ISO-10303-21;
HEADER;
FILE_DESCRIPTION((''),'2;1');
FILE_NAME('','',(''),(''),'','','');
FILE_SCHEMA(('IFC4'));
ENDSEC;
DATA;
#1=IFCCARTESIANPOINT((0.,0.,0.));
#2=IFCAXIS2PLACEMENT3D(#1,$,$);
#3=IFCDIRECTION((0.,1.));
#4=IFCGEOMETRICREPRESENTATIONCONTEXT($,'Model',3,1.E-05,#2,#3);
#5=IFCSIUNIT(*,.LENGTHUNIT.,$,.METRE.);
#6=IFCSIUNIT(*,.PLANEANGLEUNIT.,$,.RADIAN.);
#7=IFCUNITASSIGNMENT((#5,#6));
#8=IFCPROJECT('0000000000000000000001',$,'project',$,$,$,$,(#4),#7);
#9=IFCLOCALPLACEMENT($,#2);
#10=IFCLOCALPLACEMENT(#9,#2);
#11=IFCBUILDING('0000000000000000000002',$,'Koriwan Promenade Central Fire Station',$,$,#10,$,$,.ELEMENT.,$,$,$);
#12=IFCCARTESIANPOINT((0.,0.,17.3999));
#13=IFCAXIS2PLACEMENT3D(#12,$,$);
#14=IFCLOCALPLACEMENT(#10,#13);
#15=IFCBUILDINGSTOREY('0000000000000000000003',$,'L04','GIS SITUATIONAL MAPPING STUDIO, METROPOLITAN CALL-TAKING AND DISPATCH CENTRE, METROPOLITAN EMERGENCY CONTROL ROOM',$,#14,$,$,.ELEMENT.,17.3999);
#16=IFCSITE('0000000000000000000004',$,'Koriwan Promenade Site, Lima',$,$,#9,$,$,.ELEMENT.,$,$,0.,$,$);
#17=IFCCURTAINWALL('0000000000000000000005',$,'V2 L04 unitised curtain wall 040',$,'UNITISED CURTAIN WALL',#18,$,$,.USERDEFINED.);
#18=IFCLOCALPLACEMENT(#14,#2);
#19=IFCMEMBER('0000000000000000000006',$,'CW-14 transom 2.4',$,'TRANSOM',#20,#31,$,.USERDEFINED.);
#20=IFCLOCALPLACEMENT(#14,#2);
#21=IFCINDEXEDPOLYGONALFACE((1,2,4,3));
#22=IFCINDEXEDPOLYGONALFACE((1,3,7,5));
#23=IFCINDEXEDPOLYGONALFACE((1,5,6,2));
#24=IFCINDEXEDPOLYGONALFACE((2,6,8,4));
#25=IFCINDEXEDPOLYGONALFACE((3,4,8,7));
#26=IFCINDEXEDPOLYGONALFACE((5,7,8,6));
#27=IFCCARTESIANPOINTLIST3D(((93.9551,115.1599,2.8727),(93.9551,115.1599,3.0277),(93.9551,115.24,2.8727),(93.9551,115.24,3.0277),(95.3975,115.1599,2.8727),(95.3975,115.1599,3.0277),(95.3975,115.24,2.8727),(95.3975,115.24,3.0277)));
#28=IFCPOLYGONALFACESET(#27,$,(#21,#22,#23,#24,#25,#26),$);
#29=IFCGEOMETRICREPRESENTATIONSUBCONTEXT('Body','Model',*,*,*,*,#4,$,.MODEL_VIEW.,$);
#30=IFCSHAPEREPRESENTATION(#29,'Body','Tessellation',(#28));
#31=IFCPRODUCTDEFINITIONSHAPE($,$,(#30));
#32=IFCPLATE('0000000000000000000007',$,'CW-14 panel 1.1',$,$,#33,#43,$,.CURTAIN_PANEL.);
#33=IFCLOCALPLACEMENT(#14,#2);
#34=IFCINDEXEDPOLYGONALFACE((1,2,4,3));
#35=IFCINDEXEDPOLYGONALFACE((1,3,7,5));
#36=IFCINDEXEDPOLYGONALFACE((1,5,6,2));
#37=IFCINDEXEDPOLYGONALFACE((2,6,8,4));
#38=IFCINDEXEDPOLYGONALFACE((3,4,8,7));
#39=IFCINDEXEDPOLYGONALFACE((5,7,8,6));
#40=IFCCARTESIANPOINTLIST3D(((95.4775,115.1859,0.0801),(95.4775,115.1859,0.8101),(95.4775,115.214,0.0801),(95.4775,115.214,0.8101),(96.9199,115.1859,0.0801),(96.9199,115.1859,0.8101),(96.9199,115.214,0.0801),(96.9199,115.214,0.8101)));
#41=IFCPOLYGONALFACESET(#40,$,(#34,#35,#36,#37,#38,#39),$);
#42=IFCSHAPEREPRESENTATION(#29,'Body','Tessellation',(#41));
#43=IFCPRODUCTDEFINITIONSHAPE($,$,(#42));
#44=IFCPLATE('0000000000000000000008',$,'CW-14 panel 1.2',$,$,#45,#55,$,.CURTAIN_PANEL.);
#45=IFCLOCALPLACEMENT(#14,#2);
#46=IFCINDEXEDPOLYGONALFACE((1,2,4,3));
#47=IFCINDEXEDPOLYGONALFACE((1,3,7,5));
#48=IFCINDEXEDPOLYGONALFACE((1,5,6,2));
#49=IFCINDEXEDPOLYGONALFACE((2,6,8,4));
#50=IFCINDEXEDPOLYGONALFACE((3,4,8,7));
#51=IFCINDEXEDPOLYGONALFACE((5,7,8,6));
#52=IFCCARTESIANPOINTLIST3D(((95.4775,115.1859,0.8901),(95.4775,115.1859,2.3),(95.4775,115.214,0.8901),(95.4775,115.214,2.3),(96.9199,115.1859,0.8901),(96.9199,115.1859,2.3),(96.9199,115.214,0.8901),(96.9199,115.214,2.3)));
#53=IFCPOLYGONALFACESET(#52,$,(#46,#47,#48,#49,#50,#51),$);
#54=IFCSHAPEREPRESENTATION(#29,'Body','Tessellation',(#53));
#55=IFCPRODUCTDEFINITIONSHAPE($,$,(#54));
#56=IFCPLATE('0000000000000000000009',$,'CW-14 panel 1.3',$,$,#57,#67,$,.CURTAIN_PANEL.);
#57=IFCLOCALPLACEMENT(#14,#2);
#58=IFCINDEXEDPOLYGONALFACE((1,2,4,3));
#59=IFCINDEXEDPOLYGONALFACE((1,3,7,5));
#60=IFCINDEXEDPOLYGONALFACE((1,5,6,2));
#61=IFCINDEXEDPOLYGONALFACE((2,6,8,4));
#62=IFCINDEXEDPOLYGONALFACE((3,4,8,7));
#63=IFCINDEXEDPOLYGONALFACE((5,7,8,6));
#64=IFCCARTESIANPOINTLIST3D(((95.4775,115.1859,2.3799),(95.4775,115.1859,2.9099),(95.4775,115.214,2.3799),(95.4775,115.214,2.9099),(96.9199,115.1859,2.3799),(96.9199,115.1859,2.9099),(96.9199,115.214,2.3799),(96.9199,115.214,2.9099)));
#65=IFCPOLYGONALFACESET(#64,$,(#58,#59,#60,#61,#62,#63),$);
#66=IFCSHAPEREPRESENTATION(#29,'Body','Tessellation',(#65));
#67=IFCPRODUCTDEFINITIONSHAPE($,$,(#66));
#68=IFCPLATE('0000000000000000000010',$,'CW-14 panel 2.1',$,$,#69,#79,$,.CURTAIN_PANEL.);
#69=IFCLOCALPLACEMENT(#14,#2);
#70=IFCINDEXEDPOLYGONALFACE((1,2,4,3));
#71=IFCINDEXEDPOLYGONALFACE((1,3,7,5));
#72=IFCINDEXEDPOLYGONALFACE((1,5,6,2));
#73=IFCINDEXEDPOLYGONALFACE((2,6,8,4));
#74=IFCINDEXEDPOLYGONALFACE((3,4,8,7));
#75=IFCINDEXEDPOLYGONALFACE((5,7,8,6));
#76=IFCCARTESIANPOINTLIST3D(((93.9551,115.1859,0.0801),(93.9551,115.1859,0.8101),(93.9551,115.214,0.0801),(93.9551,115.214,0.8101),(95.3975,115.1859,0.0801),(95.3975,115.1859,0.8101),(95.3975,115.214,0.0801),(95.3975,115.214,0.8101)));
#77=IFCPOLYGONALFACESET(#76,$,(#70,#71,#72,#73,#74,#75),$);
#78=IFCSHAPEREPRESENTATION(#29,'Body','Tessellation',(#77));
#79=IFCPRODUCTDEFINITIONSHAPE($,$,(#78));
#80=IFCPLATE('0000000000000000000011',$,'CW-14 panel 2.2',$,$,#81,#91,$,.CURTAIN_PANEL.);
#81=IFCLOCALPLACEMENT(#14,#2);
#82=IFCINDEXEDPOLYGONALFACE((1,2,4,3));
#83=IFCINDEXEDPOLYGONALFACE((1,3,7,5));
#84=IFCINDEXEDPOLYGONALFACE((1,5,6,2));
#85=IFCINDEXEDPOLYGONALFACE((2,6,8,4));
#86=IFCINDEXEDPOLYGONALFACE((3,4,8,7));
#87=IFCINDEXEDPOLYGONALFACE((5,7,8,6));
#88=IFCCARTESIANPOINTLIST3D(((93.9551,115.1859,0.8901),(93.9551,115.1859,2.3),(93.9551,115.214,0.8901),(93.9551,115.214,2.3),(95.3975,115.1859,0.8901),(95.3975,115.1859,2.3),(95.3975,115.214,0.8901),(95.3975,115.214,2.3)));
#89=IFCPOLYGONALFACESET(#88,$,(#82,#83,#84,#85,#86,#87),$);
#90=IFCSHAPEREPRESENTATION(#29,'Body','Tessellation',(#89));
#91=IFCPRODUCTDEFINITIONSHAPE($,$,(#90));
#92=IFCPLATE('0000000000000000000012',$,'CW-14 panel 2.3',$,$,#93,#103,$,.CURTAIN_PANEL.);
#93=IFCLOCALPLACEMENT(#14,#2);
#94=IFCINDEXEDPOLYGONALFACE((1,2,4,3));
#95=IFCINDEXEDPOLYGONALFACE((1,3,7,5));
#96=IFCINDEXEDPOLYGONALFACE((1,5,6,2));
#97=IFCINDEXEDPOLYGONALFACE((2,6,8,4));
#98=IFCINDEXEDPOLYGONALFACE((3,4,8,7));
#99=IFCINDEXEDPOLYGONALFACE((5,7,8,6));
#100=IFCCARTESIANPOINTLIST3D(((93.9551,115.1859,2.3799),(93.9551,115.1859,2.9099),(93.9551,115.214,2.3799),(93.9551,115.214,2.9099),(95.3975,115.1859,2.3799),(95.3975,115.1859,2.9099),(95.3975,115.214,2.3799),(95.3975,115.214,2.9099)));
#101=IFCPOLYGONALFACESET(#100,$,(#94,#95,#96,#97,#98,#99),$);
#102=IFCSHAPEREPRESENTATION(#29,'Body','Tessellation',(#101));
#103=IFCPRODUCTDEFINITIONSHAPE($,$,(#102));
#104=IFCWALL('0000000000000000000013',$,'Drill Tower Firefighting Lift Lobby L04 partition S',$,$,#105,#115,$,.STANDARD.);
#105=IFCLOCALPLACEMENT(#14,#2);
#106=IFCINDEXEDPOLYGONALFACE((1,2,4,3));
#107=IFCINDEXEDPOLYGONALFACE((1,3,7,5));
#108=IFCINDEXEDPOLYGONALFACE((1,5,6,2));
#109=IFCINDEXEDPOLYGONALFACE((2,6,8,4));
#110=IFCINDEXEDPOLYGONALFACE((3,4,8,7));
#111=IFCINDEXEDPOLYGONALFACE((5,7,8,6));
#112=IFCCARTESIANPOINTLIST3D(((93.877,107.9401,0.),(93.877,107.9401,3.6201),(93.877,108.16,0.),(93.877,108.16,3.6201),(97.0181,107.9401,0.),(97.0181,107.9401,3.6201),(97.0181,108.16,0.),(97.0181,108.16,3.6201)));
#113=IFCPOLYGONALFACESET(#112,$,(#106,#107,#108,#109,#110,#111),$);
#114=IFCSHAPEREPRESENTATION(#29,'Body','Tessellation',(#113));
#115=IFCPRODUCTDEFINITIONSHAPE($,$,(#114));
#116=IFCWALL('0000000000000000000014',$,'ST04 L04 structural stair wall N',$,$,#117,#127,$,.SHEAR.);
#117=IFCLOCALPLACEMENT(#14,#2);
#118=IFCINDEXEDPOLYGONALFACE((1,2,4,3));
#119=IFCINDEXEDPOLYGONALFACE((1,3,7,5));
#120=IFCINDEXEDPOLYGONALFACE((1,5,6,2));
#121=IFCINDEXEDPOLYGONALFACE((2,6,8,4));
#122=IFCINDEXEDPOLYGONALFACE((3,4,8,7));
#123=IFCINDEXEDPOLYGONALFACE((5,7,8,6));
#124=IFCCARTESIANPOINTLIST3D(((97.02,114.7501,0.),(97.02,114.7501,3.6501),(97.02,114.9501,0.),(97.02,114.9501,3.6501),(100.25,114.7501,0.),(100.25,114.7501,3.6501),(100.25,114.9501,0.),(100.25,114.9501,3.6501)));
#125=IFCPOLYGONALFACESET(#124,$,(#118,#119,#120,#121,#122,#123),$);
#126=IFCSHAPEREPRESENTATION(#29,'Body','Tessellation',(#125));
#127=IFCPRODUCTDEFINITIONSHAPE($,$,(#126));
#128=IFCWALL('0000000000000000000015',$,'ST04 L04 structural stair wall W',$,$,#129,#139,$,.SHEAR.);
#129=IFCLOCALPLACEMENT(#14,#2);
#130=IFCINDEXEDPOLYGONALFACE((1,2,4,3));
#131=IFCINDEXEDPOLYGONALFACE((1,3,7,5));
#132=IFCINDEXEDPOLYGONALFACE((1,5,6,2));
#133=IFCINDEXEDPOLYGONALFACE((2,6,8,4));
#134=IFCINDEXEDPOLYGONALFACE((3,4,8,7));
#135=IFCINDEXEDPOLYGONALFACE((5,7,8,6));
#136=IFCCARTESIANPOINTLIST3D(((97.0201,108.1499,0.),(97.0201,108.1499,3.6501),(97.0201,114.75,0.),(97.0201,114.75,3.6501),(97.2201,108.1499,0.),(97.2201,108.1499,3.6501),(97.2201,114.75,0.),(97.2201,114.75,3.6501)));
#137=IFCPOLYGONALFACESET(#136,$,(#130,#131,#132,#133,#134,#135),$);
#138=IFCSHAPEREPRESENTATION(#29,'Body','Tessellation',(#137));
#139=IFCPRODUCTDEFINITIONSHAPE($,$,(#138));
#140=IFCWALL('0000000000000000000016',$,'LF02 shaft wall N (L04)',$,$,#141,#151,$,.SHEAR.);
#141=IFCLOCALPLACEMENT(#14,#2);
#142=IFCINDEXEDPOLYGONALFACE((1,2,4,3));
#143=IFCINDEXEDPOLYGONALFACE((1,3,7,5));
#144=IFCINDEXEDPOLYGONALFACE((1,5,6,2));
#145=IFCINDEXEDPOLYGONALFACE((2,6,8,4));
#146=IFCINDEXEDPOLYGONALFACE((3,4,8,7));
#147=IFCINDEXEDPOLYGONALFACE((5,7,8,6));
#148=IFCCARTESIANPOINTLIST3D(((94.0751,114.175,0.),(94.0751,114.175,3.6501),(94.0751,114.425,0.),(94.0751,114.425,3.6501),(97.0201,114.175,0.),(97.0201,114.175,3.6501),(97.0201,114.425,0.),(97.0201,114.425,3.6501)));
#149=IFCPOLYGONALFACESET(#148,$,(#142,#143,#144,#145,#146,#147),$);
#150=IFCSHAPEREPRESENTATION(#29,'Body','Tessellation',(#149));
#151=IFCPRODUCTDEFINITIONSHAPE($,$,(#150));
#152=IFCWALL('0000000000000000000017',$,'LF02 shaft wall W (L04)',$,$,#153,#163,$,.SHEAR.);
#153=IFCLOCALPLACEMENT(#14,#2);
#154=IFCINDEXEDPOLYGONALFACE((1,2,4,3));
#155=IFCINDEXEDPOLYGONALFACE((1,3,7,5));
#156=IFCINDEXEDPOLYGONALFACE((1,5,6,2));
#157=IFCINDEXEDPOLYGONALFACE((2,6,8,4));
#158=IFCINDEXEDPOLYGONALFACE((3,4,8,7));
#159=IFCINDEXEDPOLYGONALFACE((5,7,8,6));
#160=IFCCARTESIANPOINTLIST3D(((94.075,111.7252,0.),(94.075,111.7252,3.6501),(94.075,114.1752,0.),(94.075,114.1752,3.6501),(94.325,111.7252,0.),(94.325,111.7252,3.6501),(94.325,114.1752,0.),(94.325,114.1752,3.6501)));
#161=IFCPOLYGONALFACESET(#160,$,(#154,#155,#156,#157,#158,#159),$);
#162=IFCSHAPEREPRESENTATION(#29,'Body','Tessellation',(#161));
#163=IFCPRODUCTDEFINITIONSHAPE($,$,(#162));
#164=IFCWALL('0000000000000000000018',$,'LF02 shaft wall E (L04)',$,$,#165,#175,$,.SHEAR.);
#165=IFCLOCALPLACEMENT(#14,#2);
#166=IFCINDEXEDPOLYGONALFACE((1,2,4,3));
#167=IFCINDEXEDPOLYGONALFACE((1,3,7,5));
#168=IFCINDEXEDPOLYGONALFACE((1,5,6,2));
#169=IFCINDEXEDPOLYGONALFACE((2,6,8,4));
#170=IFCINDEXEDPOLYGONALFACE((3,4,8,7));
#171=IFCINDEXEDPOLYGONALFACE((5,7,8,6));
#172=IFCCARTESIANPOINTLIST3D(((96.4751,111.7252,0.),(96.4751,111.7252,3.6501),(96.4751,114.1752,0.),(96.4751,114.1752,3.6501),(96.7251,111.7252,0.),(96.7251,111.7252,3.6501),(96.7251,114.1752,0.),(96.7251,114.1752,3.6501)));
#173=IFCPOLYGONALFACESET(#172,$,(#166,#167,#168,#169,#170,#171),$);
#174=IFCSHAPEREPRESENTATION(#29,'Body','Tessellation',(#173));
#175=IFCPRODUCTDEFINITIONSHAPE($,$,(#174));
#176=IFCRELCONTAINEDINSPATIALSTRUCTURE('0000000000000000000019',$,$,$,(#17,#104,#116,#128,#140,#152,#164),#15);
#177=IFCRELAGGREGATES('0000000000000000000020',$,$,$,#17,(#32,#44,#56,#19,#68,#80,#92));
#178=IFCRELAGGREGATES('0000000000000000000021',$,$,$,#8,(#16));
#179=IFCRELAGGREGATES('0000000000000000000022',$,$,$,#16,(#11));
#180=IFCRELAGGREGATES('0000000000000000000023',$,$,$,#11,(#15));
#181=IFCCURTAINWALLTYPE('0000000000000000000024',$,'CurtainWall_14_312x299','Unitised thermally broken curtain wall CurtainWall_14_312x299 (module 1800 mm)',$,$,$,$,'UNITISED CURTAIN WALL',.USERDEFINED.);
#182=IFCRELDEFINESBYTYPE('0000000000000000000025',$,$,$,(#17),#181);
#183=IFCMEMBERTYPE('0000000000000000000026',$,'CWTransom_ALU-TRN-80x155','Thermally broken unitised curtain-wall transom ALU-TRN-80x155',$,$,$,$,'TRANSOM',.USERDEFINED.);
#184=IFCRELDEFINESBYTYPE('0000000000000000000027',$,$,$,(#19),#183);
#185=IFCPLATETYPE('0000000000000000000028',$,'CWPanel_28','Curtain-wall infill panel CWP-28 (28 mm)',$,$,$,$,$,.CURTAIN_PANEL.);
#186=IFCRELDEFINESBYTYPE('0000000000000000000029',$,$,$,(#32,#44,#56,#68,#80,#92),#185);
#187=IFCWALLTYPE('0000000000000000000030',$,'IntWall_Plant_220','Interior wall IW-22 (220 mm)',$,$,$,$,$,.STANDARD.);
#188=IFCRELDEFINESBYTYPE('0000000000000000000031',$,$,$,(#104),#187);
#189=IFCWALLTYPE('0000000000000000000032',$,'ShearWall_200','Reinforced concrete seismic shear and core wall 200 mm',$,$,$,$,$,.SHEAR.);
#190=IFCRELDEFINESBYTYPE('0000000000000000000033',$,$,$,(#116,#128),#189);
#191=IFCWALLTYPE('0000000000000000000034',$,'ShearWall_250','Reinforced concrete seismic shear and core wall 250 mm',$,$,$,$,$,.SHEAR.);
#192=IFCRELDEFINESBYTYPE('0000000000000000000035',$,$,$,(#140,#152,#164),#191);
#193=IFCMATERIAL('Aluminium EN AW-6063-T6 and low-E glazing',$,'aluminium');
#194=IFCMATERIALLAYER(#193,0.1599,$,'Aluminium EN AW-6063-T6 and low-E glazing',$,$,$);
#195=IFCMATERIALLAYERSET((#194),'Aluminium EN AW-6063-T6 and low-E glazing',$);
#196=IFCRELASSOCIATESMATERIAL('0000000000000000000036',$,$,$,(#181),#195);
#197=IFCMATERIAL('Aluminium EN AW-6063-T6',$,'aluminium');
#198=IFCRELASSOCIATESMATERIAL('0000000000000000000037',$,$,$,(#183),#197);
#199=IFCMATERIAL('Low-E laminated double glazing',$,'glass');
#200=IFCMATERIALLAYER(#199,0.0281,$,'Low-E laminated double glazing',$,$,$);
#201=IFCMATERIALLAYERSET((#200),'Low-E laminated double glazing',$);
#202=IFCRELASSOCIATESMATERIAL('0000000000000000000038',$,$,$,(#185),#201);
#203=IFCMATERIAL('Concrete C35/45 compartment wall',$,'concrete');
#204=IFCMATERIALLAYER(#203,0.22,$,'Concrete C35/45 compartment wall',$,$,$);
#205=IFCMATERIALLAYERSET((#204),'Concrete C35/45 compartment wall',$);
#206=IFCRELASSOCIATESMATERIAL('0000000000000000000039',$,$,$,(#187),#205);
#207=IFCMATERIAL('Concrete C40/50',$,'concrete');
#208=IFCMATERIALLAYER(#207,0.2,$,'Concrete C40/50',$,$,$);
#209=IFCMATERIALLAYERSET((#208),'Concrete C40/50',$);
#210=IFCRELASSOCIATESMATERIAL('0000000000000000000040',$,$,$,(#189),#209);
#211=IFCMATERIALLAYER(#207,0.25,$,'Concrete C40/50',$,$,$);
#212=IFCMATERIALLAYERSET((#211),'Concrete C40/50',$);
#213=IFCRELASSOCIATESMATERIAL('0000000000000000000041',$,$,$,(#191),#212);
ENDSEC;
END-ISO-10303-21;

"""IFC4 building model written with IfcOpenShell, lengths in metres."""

from ifc_helpers import new_model, si_unit, direction, frame, frame_2d, origin, origin_2d, place, context, subcontext, project, spatial, rectangle, extrude, material, layer, layer_set, material_profile, profile_set, type_object, element, aggregate, save


model = new_model("IFC4")

# Units and contexts
model_context = context("Model", 3, precision=1e-05, world=origin(), true_north=direction((0.0, 1.0)))
body_context = subcontext(model_context, "Body", "Model", "MODEL_VIEW")
ifc_project = project(units=[si_unit("LENGTHUNIT", "METRE"), si_unit("PLANEANGLEUNIT", "RADIAN")], contexts=[model_context])

# Site, building, storey
site_placement = place(None, origin())
site = spatial("IfcSite", under=ifc_project, at=site_placement, Name="Koriwan Promenade Site, Lima", CompositionType="ELEMENT", RefElevation=0.0)
building_placement = place(site_placement, origin())
building = spatial("IfcBuilding", under=site, at=building_placement, Name="Koriwan Promenade Central Fire Station", CompositionType="ELEMENT")
storey_placement = place(building_placement, frame((0.0, 0.0, 17.3999)))
storey = spatial("IfcBuildingStorey", under=building, at=storey_placement, Name="L04", Description="GIS SITUATIONAL MAPPING STUDIO, METROPOLITAN CALL-TAKING AND DISPATCH CENTRE, METROPOLITAN EMERGENCY CONTROL ROOM", CompositionType="ELEMENT", Elevation=17.3999)

# Shared definitions
ifc_material_1 = material(Name="Concrete C40/50", Category="concrete")

# Shared definitions
ifc_material_2 = material(Name="Aluminium EN AW-6063-T6 and low-E glazing", Category="aluminium")
ifc_material_3 = material(Name="Aluminium EN AW-6063-T6", Category="aluminium")

# Curtain wall, member, plates
ifc_layer_1 = layer(ifc_material_2, 0.1599, Name="Aluminium EN AW-6063-T6 and low-E glazing")
ifc_layer_set_1 = layer_set([ifc_layer_1], Name="Aluminium EN AW-6063-T6 and low-E glazing")
curtain_wall_type_1 = type_object("IfcCurtainWallType", Name="CurtainWall_14_312x299", Description="Unitised thermally broken curtain wall CurtainWall_14_312x299 (module 1800 mm)", ElementType="UNITISED CURTAIN WALL", PredefinedType="USERDEFINED", material=ifc_layer_set_1)
curtain_wall_1_placement = place(storey_placement, origin())
curtain_wall_1 = element("IfcCurtainWall", 1, at=curtain_wall_1_placement, inside=storey, type_object=curtain_wall_type_1, Name="V2 L04 unitised curtain wall 040", ObjectType="UNITISED CURTAIN WALL", PredefinedType="USERDEFINED")
ifc_material_profile_1 = material_profile(ifc_material_3, rectangle(XDim=0.0801, YDim=0.155, at=origin_2d()), Name="ALU-TRN-80x155")
ifc_profile_set_1 = profile_set([ifc_material_profile_1], Name="Aluminium EN AW-6063-T6")
member_type_1 = type_object("IfcMemberType", Name="CWTransom_ALU-TRN-80x155", Description="Thermally broken unitised curtain-wall transom ALU-TRN-80x155", ElementType="TRANSOM", PredefinedType="USERDEFINED", material=ifc_profile_set_1)
member_1_placement = place(storey_placement, frame((95.3975, 115.2, 2.9502), z_axis=(-1.0, 0.0, 0.0), x_axis=(0.0, -1.0, 0.0)))
member_1 = element("IfcMember", 2, at=member_1_placement, type_object=member_type_1, Name="CW-14 transom 2.4", ObjectType="TRANSOM", PredefinedType="USERDEFINED", context=body_context, shape_type="SweptSolid", body=[
    extrude(rectangle(XDim=0.0801, YDim=0.155, at=origin_2d()), origin(), (0.0, 0.0, 1.0), 1.4424),
])
ifc_material_4 = material(Name="Low-E laminated double glazing", Category="glass")
ifc_layer_2 = layer(ifc_material_4, 0.0281, Name="Low-E laminated double glazing")
ifc_layer_set_2 = layer_set([ifc_layer_2], Name="Low-E laminated double glazing")
plate_type = type_object("IfcPlateType", Name="CWPanel_28", Description="Curtain-wall infill panel CWP-28 (28 mm)", PredefinedType="CURTAIN_PANEL", material=ifc_layer_set_2)
plate_1_placement = place(storey_placement, frame((96.1987, 115.2, 0.0801), z_axis=(0.0, 0.0, 1.0), x_axis=(-1.0, 0.0, 0.0)))
plate_1 = element("IfcPlate", 3, at=plate_1_placement, type_object=plate_type, Name="CW-14 panel 1.1", PredefinedType="CURTAIN_PANEL", context=body_context, shape_type="SweptSolid", body=[
    extrude(rectangle(XDim=1.4424, YDim=0.0281, at=origin_2d()), origin(), (0.0, 0.0, 1.0), 0.73),
])
plate_2_placement = place(storey_placement, frame((96.1987, 115.2, 0.8901), z_axis=(0.0, 0.0, 1.0), x_axis=(-1.0, 0.0, 0.0)))
plate_2 = element("IfcPlate", 4, at=plate_2_placement, type_object=plate_type, Name="CW-14 panel 1.2", PredefinedType="CURTAIN_PANEL", context=body_context, shape_type="SweptSolid", body=[
    extrude(rectangle(XDim=1.4424, YDim=0.0281, at=origin_2d()), origin(), (0.0, 0.0, 1.0), 1.4099),
])
plate_3_placement = place(storey_placement, frame((96.1987, 115.2, 2.3799), z_axis=(0.0, 0.0, 1.0), x_axis=(-1.0, 0.0, 0.0)))
plate_3 = element("IfcPlate", 5, at=plate_3_placement, type_object=plate_type, Name="CW-14 panel 1.3", PredefinedType="CURTAIN_PANEL", context=body_context, shape_type="SweptSolid", body=[
    extrude(rectangle(XDim=1.4424, YDim=0.0281, at=origin_2d()), origin(), (0.0, 0.0, 1.0), 0.53),
])
plate_4_placement = place(storey_placement, frame((94.6763, 115.2, 0.0801), z_axis=(0.0, 0.0, 1.0), x_axis=(-1.0, 0.0, 0.0)))
plate_4 = element("IfcPlate", 6, at=plate_4_placement, type_object=plate_type, Name="CW-14 panel 2.1", PredefinedType="CURTAIN_PANEL", context=body_context, shape_type="SweptSolid", body=[
    extrude(rectangle(XDim=1.4424, YDim=0.0281, at=origin_2d()), origin(), (0.0, 0.0, 1.0), 0.73),
])
plate_5_placement = place(storey_placement, frame((94.6763, 115.2, 0.8901), z_axis=(0.0, 0.0, 1.0), x_axis=(-1.0, 0.0, 0.0)))
plate_5 = element("IfcPlate", 7, at=plate_5_placement, type_object=plate_type, Name="CW-14 panel 2.2", PredefinedType="CURTAIN_PANEL", context=body_context, shape_type="SweptSolid", body=[
    extrude(rectangle(XDim=1.4424, YDim=0.0281, at=origin_2d()), origin(), (0.0, 0.0, 1.0), 1.4099),
])
plate_6_placement = place(storey_placement, frame((94.6763, 115.2, 2.3799), z_axis=(0.0, 0.0, 1.0), x_axis=(-1.0, 0.0, 0.0)))
plate_6 = element("IfcPlate", 8, at=plate_6_placement, type_object=plate_type, Name="CW-14 panel 2.3", PredefinedType="CURTAIN_PANEL", context=body_context, shape_type="SweptSolid", body=[
    extrude(rectangle(XDim=1.4424, YDim=0.0281, at=origin_2d()), origin(), (0.0, 0.0, 1.0), 0.53),
])
aggregate(curtain_wall_1, [plate_1, plate_2, plate_3, member_1, plate_4, plate_5, plate_6])

# Wall
ifc_material_5 = material(Name="Concrete C35/45 compartment wall", Category="concrete")
ifc_layer_3 = layer(ifc_material_5, 0.22, Name="Concrete C35/45 compartment wall")
ifc_layer_set_3 = layer_set([ifc_layer_3], Name="Concrete C35/45 compartment wall")
wall_type_1 = type_object("IfcWallType", Name="IntWall_Plant_220", Description="Interior wall IW-22 (220 mm)", PredefinedType="STANDARD", material=ifc_layer_set_3)
wall_1_placement = place(storey_placement, frame((93.877, 108.05, 0.0), z_axis=(0.0, 0.0, 1.0), x_axis=(1.0, 0.0, 0.0)))
element("IfcWall", 9, at=wall_1_placement, inside=storey, type_object=wall_type_1, Name="Drill Tower Firefighting Lift Lobby L04 partition S", PredefinedType="STANDARD", context=body_context, shape_type="SweptSolid", body=[
    extrude(rectangle(XDim=3.1411, YDim=0.22, at=frame_2d((1.5706, 0.0))), origin(), (0.0, 0.0, 1.0), 3.6201),
])

# Shared definitions
ifc_layer_4 = layer(ifc_material_1, 0.2, Name="Concrete C40/50")
ifc_layer_set_4 = layer_set([ifc_layer_4], Name="Concrete C40/50")
wall_type_2 = type_object("IfcWallType", Name="ShearWall_200", Description="Reinforced concrete seismic shear and core wall 200 mm", PredefinedType="SHEAR", material=ifc_layer_set_4)

# Walls
wall_2_placement = place(storey_placement, frame((97.02, 114.8501, 0.0), z_axis=(0.0, 0.0, 1.0), x_axis=(1.0, 0.0, 0.0)))
element("IfcWall", 10, at=wall_2_placement, inside=storey, type_object=wall_type_2, Name="ST04 L04 structural stair wall N", PredefinedType="SHEAR", context=body_context, shape_type="SweptSolid", body=[
    extrude(rectangle(XDim=3.23, YDim=0.2, at=frame_2d((1.615, 0.0))), origin(), (0.0, 0.0, 1.0), 3.6501),
])
wall_3_placement = place(storey_placement, frame((97.1201, 108.1499, 0.0), z_axis=(0.0, 0.0, 1.0), x_axis=(0.0, 1.0, 0.0)))
element("IfcWall", 11, at=wall_3_placement, inside=storey, type_object=wall_type_2, Name="ST04 L04 structural stair wall W", PredefinedType="SHEAR", context=body_context, shape_type="SweptSolid", body=[
    extrude(rectangle(XDim=6.6001, YDim=0.2, at=frame_2d((3.3, 0.0))), origin(), (0.0, 0.0, 1.0), 3.6501),
])

# Shared definitions
ifc_layer_5 = layer(ifc_material_1, 0.25, Name="Concrete C40/50")
ifc_layer_set_5 = layer_set([ifc_layer_5], Name="Concrete C40/50")
wall_type_3 = type_object("IfcWallType", Name="ShearWall_250", Description="Reinforced concrete seismic shear and core wall 250 mm", PredefinedType="SHEAR", material=ifc_layer_set_5)

# Walls
wall_4_placement = place(storey_placement, frame((94.075, 114.3, 0.0), z_axis=(0.0, 0.0, 1.0), x_axis=(1.0, 0.0, 0.0)))
element("IfcWall", 12, at=wall_4_placement, inside=storey, type_object=wall_type_3, Name="LF02 shaft wall N (L04)", PredefinedType="SHEAR", context=body_context, shape_type="SweptSolid", body=[
    extrude(rectangle(XDim=2.9451, YDim=0.25, at=frame_2d((1.4727, 0.0))), origin(), (0.0, 0.0, 1.0), 3.6501),
])
for number, where, z_axis, x_axis, name in (
    (13, (94.2, 111.7251, 0.0), (0.0, 0.0, 1.0), (0.0, 1.0, 0.0), "LF02 shaft wall W (L04)"),
    (14, (96.6001, 111.7251, 0.0), (0.0, 0.0, 1.0), (0.0, 1.0, 0.0), "LF02 shaft wall E (L04)"),
):
    element("IfcWall", number, at=place(storey_placement, frame(where, z_axis=z_axis, x_axis=x_axis)), inside=storey, type_object=wall_type_3, Name=name, PredefinedType="SHEAR", context=body_context, shape_type="SweptSolid", body=[
        extrude(rectangle(XDim=2.45, YDim=0.25, at=frame_2d((1.2251, 0.0))), origin(), (0.0, 0.0, 1.0), 3.6501),
    ])

save(model, "model.ifc")
